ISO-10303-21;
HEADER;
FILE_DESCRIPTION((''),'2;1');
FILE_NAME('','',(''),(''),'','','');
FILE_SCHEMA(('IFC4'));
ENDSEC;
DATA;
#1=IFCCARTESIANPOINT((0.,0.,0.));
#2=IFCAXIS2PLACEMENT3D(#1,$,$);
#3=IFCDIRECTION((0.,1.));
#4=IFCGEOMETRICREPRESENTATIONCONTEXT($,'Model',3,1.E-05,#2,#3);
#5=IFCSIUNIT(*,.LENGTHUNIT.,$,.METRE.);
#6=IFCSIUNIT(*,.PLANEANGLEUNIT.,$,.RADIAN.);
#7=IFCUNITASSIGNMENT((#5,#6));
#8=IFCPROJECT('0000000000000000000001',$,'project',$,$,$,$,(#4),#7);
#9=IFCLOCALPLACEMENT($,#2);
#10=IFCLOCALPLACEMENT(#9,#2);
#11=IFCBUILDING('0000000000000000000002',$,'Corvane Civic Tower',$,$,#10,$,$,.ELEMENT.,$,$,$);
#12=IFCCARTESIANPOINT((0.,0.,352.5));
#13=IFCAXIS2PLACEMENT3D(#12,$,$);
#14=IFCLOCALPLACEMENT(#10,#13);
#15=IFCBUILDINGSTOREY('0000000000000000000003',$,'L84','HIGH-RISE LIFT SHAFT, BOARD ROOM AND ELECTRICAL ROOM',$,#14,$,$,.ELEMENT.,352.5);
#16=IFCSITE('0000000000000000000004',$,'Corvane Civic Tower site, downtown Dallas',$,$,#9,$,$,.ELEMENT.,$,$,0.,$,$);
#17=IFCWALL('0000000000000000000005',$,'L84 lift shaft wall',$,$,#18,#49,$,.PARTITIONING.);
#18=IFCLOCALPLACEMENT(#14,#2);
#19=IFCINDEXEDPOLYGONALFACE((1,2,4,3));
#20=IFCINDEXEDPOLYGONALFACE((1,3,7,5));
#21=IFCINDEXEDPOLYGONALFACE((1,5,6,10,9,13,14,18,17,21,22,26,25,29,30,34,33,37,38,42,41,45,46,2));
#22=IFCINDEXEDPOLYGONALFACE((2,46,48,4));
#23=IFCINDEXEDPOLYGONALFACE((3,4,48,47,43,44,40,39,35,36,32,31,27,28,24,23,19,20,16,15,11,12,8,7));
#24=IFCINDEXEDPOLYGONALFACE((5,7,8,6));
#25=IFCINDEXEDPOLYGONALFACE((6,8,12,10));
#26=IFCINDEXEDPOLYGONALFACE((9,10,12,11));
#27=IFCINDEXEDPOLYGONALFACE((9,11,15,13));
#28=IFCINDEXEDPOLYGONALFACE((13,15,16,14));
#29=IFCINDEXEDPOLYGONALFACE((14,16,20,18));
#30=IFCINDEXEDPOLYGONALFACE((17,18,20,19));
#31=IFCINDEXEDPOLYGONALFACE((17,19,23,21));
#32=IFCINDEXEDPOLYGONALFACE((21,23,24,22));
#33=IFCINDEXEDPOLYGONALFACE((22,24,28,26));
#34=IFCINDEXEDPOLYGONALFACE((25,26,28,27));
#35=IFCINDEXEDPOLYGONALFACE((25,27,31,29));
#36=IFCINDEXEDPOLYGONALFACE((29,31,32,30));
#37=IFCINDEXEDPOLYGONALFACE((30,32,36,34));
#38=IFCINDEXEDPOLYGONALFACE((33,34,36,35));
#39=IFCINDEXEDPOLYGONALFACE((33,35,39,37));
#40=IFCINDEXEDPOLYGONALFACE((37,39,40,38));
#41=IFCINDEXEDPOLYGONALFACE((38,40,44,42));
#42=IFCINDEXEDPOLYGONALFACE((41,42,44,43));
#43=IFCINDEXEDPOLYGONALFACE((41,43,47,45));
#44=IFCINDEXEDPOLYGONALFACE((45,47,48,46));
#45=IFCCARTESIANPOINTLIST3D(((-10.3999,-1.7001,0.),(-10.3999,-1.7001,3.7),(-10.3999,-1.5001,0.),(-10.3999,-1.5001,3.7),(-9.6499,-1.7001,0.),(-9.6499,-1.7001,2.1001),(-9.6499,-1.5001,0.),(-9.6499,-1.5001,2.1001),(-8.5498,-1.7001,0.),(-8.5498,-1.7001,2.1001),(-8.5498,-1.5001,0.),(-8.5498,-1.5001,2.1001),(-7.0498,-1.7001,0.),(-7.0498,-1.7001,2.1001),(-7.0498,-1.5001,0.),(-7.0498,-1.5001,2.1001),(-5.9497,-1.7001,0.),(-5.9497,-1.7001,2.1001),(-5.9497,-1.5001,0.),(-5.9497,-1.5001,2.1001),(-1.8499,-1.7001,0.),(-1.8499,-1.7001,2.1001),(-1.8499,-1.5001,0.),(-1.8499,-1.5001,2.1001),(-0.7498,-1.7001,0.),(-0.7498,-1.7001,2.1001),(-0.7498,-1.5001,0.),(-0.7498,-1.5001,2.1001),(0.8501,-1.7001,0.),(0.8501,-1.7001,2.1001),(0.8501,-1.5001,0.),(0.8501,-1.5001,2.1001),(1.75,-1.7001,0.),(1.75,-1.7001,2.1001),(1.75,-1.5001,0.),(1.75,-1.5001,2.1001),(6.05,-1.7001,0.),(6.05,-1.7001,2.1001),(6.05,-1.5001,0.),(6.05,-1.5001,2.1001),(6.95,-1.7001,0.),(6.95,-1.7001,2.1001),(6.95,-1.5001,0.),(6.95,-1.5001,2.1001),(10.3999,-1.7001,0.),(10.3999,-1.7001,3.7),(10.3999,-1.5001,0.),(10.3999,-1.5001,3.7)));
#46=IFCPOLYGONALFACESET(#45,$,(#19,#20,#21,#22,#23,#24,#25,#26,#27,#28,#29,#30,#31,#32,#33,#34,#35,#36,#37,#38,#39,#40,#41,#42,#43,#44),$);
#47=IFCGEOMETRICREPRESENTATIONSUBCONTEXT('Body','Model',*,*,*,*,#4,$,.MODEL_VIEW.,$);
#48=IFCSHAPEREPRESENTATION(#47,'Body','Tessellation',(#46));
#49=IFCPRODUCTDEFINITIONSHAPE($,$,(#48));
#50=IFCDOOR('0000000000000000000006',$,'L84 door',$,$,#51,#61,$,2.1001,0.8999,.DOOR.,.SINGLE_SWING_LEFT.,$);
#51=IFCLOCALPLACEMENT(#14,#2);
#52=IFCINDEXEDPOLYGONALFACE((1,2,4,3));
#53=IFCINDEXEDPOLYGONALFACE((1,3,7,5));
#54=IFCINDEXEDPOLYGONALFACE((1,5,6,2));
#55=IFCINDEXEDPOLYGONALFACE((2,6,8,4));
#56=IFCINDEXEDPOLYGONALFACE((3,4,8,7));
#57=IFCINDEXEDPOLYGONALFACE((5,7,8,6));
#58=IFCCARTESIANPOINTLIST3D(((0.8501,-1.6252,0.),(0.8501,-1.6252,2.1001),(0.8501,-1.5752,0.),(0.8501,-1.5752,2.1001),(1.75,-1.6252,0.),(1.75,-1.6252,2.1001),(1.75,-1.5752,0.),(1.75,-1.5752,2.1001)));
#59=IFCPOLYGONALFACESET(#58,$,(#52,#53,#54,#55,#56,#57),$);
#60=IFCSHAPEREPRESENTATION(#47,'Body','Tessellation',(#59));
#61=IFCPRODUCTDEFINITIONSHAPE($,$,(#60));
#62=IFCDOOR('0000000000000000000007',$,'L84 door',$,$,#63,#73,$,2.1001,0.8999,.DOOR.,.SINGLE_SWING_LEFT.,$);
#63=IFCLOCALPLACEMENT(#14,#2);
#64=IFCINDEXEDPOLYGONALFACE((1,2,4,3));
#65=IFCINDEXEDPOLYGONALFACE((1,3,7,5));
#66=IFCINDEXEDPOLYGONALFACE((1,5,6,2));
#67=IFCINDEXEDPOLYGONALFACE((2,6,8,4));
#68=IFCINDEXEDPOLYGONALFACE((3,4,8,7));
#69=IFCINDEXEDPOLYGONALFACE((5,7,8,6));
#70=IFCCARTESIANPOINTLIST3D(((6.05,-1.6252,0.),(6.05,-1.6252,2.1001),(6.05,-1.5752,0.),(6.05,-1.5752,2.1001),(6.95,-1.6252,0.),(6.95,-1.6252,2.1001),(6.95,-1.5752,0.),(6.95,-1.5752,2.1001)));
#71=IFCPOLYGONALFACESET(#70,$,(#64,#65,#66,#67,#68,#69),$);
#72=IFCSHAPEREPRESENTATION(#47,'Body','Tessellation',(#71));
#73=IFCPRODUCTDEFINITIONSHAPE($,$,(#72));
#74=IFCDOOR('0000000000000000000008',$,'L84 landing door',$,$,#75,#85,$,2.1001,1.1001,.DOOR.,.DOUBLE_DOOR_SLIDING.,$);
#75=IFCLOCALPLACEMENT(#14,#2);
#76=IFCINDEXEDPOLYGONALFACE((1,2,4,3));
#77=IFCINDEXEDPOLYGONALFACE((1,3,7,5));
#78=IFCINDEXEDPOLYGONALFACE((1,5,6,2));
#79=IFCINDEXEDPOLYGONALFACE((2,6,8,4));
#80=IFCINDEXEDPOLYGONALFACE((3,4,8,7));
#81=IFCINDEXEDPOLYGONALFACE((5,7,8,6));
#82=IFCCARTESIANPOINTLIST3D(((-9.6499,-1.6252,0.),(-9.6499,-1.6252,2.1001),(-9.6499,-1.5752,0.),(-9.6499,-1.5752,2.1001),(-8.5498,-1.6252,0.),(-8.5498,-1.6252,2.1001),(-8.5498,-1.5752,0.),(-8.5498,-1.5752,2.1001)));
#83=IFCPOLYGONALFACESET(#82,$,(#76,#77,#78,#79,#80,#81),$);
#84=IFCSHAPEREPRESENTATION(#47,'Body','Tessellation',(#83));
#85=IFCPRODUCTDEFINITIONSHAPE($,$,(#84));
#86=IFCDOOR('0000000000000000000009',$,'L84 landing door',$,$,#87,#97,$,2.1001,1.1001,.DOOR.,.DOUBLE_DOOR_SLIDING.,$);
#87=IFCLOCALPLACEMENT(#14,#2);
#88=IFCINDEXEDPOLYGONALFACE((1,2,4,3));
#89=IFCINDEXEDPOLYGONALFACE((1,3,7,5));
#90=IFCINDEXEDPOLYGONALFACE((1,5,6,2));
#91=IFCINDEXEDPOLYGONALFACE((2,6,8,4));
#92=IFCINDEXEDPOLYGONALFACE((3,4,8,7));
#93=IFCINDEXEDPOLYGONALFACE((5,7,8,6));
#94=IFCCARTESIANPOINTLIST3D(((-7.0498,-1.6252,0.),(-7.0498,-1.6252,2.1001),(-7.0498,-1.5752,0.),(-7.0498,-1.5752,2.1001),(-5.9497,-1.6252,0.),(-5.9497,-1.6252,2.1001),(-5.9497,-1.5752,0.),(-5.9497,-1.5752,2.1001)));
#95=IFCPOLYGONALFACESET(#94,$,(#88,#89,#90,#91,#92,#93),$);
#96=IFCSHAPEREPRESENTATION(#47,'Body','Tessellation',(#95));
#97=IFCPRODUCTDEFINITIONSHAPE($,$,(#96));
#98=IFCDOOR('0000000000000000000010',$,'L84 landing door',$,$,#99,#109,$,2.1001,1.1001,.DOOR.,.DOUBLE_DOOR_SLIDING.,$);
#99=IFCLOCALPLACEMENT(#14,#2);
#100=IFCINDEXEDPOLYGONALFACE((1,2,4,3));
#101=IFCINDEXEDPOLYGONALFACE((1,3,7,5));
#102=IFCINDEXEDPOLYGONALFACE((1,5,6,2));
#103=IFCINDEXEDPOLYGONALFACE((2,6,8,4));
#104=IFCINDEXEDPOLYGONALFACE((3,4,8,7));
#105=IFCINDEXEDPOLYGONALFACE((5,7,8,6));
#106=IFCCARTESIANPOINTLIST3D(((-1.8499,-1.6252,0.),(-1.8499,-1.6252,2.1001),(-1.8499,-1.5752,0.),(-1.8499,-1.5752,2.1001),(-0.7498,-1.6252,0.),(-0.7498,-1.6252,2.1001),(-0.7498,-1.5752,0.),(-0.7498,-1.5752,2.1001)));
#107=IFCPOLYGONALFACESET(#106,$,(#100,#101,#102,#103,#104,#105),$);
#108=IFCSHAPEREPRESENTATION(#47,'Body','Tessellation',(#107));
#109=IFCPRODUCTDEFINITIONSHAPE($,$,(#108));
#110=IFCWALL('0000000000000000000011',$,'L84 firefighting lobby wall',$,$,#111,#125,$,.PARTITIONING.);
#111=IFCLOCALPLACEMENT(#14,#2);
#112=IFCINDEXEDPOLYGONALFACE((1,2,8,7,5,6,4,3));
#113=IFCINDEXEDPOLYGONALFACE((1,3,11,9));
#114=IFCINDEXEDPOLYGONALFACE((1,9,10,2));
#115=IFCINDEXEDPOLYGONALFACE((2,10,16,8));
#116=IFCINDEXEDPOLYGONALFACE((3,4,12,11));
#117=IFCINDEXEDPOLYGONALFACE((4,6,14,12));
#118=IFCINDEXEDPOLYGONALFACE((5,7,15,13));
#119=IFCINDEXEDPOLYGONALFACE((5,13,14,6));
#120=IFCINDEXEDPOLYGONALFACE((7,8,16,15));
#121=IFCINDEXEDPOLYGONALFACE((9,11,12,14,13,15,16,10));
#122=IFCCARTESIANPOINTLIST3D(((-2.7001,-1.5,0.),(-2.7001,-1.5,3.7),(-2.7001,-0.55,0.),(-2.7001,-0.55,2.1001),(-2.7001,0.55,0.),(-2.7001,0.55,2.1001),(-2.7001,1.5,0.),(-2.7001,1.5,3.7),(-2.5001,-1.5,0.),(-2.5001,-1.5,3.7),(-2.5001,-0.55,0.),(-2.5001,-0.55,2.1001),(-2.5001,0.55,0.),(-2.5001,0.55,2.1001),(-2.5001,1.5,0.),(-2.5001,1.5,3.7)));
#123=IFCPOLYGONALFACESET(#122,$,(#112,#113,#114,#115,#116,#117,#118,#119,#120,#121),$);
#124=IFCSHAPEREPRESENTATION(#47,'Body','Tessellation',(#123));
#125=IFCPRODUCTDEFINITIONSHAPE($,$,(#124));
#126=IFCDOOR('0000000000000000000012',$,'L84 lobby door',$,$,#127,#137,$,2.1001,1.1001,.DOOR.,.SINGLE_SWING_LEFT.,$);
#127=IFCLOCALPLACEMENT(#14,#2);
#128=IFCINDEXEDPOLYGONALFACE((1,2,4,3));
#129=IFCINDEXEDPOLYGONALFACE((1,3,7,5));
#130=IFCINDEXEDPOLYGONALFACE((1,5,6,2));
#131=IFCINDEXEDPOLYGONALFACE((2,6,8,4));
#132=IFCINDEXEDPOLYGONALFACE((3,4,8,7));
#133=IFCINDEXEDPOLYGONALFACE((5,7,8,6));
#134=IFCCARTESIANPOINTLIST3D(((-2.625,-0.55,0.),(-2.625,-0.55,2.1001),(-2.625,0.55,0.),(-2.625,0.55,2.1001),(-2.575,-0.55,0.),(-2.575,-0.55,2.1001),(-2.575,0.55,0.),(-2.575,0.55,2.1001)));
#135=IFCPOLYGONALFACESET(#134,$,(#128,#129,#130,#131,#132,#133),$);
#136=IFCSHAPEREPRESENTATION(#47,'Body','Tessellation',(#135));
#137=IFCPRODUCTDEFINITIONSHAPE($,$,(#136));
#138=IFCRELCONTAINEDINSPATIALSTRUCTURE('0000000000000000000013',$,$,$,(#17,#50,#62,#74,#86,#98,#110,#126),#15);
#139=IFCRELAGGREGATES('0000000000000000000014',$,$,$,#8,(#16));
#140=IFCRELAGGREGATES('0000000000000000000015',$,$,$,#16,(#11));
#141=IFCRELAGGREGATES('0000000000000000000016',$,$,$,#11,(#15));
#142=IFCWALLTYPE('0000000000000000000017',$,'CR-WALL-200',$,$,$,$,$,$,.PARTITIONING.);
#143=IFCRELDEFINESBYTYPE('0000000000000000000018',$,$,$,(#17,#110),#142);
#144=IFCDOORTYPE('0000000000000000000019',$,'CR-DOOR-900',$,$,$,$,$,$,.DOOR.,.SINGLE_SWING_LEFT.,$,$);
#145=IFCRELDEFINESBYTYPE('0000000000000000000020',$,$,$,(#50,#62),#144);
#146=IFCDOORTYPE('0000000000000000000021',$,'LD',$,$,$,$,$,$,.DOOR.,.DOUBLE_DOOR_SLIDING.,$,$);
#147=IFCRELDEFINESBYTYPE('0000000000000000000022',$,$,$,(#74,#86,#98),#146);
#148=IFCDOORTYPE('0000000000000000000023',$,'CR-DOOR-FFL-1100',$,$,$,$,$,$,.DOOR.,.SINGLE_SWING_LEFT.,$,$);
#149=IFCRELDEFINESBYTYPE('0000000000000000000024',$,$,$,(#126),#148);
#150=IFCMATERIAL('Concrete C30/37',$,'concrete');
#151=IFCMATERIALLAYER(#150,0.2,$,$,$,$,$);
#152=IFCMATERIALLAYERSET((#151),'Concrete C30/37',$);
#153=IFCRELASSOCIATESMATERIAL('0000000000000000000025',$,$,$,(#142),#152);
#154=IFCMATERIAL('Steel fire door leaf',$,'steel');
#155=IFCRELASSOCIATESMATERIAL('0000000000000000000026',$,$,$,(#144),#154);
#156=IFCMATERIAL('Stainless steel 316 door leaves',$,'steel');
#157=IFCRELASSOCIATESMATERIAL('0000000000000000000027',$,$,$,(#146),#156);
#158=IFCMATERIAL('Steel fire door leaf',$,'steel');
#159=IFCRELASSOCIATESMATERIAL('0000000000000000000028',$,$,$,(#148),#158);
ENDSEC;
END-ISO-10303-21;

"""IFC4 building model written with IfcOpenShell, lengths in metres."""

from ifc_helpers import new_model, si_unit, direction, frame, frame_2d, origin, place, context, subcontext, project, spatial, rectangle, extrude, material, layer, layer_set, type_object, element, fill, save


model = new_model("IFC4")

# Units and contexts
model_context = context("Model", 3, precision=1e-05, world=origin(), true_north=direction((0.0, 1.0)))
body_context = subcontext(model_context, "Body", "Model", "MODEL_VIEW")
ifc_project = project(units=[si_unit("LENGTHUNIT", "METRE"), si_unit("PLANEANGLEUNIT", "RADIAN")], contexts=[model_context])

# Site, building, storey
site_placement = place(None, origin())
site = spatial("IfcSite", under=ifc_project, at=site_placement, Name="Corvane Civic Tower site, downtown Dallas", CompositionType="ELEMENT", RefElevation=0.0)
building_placement = place(site_placement, origin())
building = spatial("IfcBuilding", under=site, at=building_placement, Name="Corvane Civic Tower", CompositionType="ELEMENT")
storey_placement = place(building_placement, frame((0.0, 0.0, 352.5)))
storey = spatial("IfcBuildingStorey", under=building, at=storey_placement, Name="L84", Description="HIGH-RISE LIFT SHAFT, BOARD ROOM AND ELECTRICAL ROOM", CompositionType="ELEMENT", Elevation=352.5)

# Wall, openings, doors
ifc_material_1 = material(Name="Concrete C30/37", Category="concrete")
ifc_layer_1 = layer(ifc_material_1, 0.2)
ifc_layer_set_1 = layer_set([ifc_layer_1], Name="Concrete C30/37")
wall_type_1 = type_object("IfcWallType", Name="CR-WALL-200", PredefinedType="PARTITIONING", material=ifc_layer_set_1)
ifc_material_2 = material(Name="Steel fire door leaf", Category="steel")
door_type_1 = type_object("IfcDoorType", Name="CR-DOOR-900", OperationType="SINGLE_SWING_LEFT", PredefinedType="DOOR", material=ifc_material_2)
wall_1_placement = place(storey_placement, frame((-10.3999, -1.6001, 0.0), z_axis=(0.0, 0.0, 1.0), x_axis=(1.0, 0.0, 0.0)))
wall_1 = element("IfcWall", 1, at=wall_1_placement, inside=storey, type_object=wall_type_1, Name="L84 lift shaft wall", PredefinedType="PARTITIONING", context=body_context, shape_type="SweptSolid", body=[
    extrude(rectangle(XDim=20.7998, YDim=0.2, at=frame_2d((10.3999, 0.0))), origin(), (0.0, 0.0, 1.0), 3.7),
])
opening_1_placement = place(wall_1_placement, frame((0.75, 0.0, 0.0)))
opening_1 = element("IfcOpeningElement", 2, at=opening_1_placement, cuts=wall_1, PredefinedType="OPENING", context=body_context, shape_type="SweptSolid", body=[
    extrude(rectangle(XDim=1.1001, YDim=2.1001, at=frame_2d((0.55, 1.05))), frame((0.0, 0.1099, 0.0), z_axis=(0.0, -1.0, 0.0), x_axis=(1.0, 0.0, 0.0)), (0.0, 0.0, 1.0), 0.22),
])
opening_2_placement = place(wall_1_placement, frame((3.3501, 0.0, 0.0)))
opening_2 = element("IfcOpeningElement", 3, at=opening_2_placement, cuts=wall_1, PredefinedType="OPENING", context=body_context, shape_type="SweptSolid", body=[
    extrude(rectangle(XDim=1.1001, YDim=2.1001, at=frame_2d((0.55, 1.05))), frame((0.0, 0.1099, 0.0), z_axis=(0.0, -1.0, 0.0), x_axis=(1.0, 0.0, 0.0)), (0.0, 0.0, 1.0), 0.22),
])
opening_3_placement = place(wall_1_placement, frame((8.55, 0.0, 0.0)))
opening_3 = element("IfcOpeningElement", 4, at=opening_3_placement, cuts=wall_1, PredefinedType="OPENING", context=body_context, shape_type="SweptSolid", body=[
    extrude(rectangle(XDim=1.1001, YDim=2.1001, at=frame_2d((0.55, 1.05))), frame((0.0, 0.1099, 0.0), z_axis=(0.0, -1.0, 0.0), x_axis=(1.0, 0.0, 0.0)), (0.0, 0.0, 1.0), 0.22),
])
opening_4_placement = place(wall_1_placement, frame((11.25, 0.0, 0.0)))
opening_4 = element("IfcOpeningElement", 5, at=opening_4_placement, cuts=wall_1, PredefinedType="OPENING", context=body_context, shape_type="SweptSolid", body=[
    extrude(rectangle(XDim=0.8999, YDim=2.1001, at=frame_2d((0.45, 1.05))), frame((0.0, 0.1099, 0.0), z_axis=(0.0, -1.0, 0.0), x_axis=(1.0, 0.0, 0.0)), (0.0, 0.0, 1.0), 0.22),
])
opening_5_placement = place(wall_1_placement, frame((16.45, 0.0, 0.0)))
opening_5 = element("IfcOpeningElement", 6, at=opening_5_placement, cuts=wall_1, PredefinedType="OPENING", context=body_context, shape_type="SweptSolid", body=[
    extrude(rectangle(XDim=0.8999, YDim=2.1001, at=frame_2d((0.45, 1.05))), frame((0.0, 0.1099, 0.0), z_axis=(0.0, -1.0, 0.0), x_axis=(1.0, 0.0, 0.0)), (0.0, 0.0, 1.0), 0.22),
])
door_1_placement = place(opening_4_placement, origin())
door_1 = element("IfcDoor", 7, at=door_1_placement, inside=storey, type_object=door_type_1, Name="L84 door", OperationType="SINGLE_SWING_LEFT", OverallHeight=2.1001, OverallWidth=0.8999, PredefinedType="DOOR", context=body_context, shape_type="SweptSolid", body=[
    extrude(rectangle(XDim=0.8999, YDim=2.1001, at=frame_2d((0.45, 1.05))), frame((0.0, 0.0249, 0.0), z_axis=(0.0, -1.0, 0.0), x_axis=(1.0, 0.0, 0.0)), (0.0, 0.0, 1.0), 0.05),
])
fill(opening_4, door_1)
door_2_placement = place(opening_5_placement, origin())
door_2 = element("IfcDoor", 8, at=door_2_placement, inside=storey, type_object=door_type_1, Name="L84 door", OperationType="SINGLE_SWING_LEFT", OverallHeight=2.1001, OverallWidth=0.8999, PredefinedType="DOOR", context=body_context, shape_type="SweptSolid", body=[
    extrude(rectangle(XDim=0.8999, YDim=2.1001, at=frame_2d((0.45, 1.05))), frame((0.0, 0.0249, 0.0), z_axis=(0.0, -1.0, 0.0), x_axis=(1.0, 0.0, 0.0)), (0.0, 0.0, 1.0), 0.05),
])
fill(opening_5, door_2)
ifc_material_3 = material(Name="Stainless steel 316 door leaves", Category="steel")
door_type_2 = type_object("IfcDoorType", Name="LD", OperationType="DOUBLE_DOOR_SLIDING", PredefinedType="DOOR", material=ifc_material_3)
door_3_placement = place(opening_1_placement, origin())
door_3 = element("IfcDoor", 9, at=door_3_placement, inside=storey, type_object=door_type_2, Name="L84 landing door", OperationType="DOUBLE_DOOR_SLIDING", OverallHeight=2.1001, OverallWidth=1.1001, PredefinedType="DOOR", context=body_context, shape_type="SweptSolid", body=[
    extrude(rectangle(XDim=1.1001, YDim=2.1001, at=frame_2d((0.55, 1.05))), frame((0.0, 0.0249, 0.0), z_axis=(0.0, -1.0, 0.0), x_axis=(1.0, 0.0, 0.0)), (0.0, 0.0, 1.0), 0.05),
])
fill(opening_1, door_3)
door_4_placement = place(opening_2_placement, origin())
door_4 = element("IfcDoor", 10, at=door_4_placement, inside=storey, type_object=door_type_2, Name="L84 landing door", OperationType="DOUBLE_DOOR_SLIDING", OverallHeight=2.1001, OverallWidth=1.1001, PredefinedType="DOOR", context=body_context, shape_type="SweptSolid", body=[
    extrude(rectangle(XDim=1.1001, YDim=2.1001, at=frame_2d((0.55, 1.05))), frame((0.0, 0.0249, 0.0), z_axis=(0.0, -1.0, 0.0), x_axis=(1.0, 0.0, 0.0)), (0.0, 0.0, 1.0), 0.05),
])
fill(opening_2, door_4)
door_5_placement = place(opening_3_placement, origin())
door_5 = element("IfcDoor", 11, at=door_5_placement, inside=storey, type_object=door_type_2, Name="L84 landing door", OperationType="DOUBLE_DOOR_SLIDING", OverallHeight=2.1001, OverallWidth=1.1001, PredefinedType="DOOR", context=body_context, shape_type="SweptSolid", body=[
    extrude(rectangle(XDim=1.1001, YDim=2.1001, at=frame_2d((0.55, 1.05))), frame((0.0, 0.0249, 0.0), z_axis=(0.0, -1.0, 0.0), x_axis=(1.0, 0.0, 0.0)), (0.0, 0.0, 1.0), 0.05),
])
fill(opening_3, door_5)

# Wall, opening, door
wall_2_placement = place(storey_placement, frame((-2.6001, -1.5, 0.0), z_axis=(0.0, 0.0, 1.0), x_axis=(0.0, 1.0, 0.0)))
wall_2 = element("IfcWall", 12, at=wall_2_placement, inside=storey, type_object=wall_type_1, Name="L84 firefighting lobby wall", PredefinedType="PARTITIONING", context=body_context, shape_type="SweptSolid", body=[
    extrude(rectangle(XDim=3.0, YDim=0.2, at=frame_2d((1.5, 0.0))), origin(), (0.0, 0.0, 1.0), 3.7),
])
opening_6_placement = place(wall_2_placement, frame((0.95, 0.0, 0.0)))
opening_6 = element("IfcOpeningElement", 13, at=opening_6_placement, cuts=wall_2, PredefinedType="OPENING", context=body_context, shape_type="SweptSolid", body=[
    extrude(rectangle(XDim=1.1001, YDim=2.1001, at=frame_2d((0.55, 1.05))), frame((0.0, 0.1099, 0.0), z_axis=(0.0, -1.0, 0.0), x_axis=(1.0, 0.0, 0.0)), (0.0, 0.0, 1.0), 0.22),
])
ifc_material_4 = material(Name="Steel fire door leaf", Category="steel")
door_type_3 = type_object("IfcDoorType", Name="CR-DOOR-FFL-1100", OperationType="SINGLE_SWING_LEFT", PredefinedType="DOOR", material=ifc_material_4)
door_6_placement = place(opening_6_placement, origin())
door_6 = element("IfcDoor", 14, at=door_6_placement, inside=storey, type_object=door_type_3, Name="L84 lobby door", OperationType="SINGLE_SWING_LEFT", OverallHeight=2.1001, OverallWidth=1.1001, PredefinedType="DOOR", context=body_context, shape_type="SweptSolid", body=[
    extrude(rectangle(XDim=1.1001, YDim=2.1001, at=frame_2d((0.55, 1.05))), frame((0.0, 0.0249, 0.0), z_axis=(0.0, -1.0, 0.0), x_axis=(1.0, 0.0, 0.0)), (0.0, 0.0, 1.0), 0.05),
])
fill(opening_6, door_6)

save(model, "model.ifc")
